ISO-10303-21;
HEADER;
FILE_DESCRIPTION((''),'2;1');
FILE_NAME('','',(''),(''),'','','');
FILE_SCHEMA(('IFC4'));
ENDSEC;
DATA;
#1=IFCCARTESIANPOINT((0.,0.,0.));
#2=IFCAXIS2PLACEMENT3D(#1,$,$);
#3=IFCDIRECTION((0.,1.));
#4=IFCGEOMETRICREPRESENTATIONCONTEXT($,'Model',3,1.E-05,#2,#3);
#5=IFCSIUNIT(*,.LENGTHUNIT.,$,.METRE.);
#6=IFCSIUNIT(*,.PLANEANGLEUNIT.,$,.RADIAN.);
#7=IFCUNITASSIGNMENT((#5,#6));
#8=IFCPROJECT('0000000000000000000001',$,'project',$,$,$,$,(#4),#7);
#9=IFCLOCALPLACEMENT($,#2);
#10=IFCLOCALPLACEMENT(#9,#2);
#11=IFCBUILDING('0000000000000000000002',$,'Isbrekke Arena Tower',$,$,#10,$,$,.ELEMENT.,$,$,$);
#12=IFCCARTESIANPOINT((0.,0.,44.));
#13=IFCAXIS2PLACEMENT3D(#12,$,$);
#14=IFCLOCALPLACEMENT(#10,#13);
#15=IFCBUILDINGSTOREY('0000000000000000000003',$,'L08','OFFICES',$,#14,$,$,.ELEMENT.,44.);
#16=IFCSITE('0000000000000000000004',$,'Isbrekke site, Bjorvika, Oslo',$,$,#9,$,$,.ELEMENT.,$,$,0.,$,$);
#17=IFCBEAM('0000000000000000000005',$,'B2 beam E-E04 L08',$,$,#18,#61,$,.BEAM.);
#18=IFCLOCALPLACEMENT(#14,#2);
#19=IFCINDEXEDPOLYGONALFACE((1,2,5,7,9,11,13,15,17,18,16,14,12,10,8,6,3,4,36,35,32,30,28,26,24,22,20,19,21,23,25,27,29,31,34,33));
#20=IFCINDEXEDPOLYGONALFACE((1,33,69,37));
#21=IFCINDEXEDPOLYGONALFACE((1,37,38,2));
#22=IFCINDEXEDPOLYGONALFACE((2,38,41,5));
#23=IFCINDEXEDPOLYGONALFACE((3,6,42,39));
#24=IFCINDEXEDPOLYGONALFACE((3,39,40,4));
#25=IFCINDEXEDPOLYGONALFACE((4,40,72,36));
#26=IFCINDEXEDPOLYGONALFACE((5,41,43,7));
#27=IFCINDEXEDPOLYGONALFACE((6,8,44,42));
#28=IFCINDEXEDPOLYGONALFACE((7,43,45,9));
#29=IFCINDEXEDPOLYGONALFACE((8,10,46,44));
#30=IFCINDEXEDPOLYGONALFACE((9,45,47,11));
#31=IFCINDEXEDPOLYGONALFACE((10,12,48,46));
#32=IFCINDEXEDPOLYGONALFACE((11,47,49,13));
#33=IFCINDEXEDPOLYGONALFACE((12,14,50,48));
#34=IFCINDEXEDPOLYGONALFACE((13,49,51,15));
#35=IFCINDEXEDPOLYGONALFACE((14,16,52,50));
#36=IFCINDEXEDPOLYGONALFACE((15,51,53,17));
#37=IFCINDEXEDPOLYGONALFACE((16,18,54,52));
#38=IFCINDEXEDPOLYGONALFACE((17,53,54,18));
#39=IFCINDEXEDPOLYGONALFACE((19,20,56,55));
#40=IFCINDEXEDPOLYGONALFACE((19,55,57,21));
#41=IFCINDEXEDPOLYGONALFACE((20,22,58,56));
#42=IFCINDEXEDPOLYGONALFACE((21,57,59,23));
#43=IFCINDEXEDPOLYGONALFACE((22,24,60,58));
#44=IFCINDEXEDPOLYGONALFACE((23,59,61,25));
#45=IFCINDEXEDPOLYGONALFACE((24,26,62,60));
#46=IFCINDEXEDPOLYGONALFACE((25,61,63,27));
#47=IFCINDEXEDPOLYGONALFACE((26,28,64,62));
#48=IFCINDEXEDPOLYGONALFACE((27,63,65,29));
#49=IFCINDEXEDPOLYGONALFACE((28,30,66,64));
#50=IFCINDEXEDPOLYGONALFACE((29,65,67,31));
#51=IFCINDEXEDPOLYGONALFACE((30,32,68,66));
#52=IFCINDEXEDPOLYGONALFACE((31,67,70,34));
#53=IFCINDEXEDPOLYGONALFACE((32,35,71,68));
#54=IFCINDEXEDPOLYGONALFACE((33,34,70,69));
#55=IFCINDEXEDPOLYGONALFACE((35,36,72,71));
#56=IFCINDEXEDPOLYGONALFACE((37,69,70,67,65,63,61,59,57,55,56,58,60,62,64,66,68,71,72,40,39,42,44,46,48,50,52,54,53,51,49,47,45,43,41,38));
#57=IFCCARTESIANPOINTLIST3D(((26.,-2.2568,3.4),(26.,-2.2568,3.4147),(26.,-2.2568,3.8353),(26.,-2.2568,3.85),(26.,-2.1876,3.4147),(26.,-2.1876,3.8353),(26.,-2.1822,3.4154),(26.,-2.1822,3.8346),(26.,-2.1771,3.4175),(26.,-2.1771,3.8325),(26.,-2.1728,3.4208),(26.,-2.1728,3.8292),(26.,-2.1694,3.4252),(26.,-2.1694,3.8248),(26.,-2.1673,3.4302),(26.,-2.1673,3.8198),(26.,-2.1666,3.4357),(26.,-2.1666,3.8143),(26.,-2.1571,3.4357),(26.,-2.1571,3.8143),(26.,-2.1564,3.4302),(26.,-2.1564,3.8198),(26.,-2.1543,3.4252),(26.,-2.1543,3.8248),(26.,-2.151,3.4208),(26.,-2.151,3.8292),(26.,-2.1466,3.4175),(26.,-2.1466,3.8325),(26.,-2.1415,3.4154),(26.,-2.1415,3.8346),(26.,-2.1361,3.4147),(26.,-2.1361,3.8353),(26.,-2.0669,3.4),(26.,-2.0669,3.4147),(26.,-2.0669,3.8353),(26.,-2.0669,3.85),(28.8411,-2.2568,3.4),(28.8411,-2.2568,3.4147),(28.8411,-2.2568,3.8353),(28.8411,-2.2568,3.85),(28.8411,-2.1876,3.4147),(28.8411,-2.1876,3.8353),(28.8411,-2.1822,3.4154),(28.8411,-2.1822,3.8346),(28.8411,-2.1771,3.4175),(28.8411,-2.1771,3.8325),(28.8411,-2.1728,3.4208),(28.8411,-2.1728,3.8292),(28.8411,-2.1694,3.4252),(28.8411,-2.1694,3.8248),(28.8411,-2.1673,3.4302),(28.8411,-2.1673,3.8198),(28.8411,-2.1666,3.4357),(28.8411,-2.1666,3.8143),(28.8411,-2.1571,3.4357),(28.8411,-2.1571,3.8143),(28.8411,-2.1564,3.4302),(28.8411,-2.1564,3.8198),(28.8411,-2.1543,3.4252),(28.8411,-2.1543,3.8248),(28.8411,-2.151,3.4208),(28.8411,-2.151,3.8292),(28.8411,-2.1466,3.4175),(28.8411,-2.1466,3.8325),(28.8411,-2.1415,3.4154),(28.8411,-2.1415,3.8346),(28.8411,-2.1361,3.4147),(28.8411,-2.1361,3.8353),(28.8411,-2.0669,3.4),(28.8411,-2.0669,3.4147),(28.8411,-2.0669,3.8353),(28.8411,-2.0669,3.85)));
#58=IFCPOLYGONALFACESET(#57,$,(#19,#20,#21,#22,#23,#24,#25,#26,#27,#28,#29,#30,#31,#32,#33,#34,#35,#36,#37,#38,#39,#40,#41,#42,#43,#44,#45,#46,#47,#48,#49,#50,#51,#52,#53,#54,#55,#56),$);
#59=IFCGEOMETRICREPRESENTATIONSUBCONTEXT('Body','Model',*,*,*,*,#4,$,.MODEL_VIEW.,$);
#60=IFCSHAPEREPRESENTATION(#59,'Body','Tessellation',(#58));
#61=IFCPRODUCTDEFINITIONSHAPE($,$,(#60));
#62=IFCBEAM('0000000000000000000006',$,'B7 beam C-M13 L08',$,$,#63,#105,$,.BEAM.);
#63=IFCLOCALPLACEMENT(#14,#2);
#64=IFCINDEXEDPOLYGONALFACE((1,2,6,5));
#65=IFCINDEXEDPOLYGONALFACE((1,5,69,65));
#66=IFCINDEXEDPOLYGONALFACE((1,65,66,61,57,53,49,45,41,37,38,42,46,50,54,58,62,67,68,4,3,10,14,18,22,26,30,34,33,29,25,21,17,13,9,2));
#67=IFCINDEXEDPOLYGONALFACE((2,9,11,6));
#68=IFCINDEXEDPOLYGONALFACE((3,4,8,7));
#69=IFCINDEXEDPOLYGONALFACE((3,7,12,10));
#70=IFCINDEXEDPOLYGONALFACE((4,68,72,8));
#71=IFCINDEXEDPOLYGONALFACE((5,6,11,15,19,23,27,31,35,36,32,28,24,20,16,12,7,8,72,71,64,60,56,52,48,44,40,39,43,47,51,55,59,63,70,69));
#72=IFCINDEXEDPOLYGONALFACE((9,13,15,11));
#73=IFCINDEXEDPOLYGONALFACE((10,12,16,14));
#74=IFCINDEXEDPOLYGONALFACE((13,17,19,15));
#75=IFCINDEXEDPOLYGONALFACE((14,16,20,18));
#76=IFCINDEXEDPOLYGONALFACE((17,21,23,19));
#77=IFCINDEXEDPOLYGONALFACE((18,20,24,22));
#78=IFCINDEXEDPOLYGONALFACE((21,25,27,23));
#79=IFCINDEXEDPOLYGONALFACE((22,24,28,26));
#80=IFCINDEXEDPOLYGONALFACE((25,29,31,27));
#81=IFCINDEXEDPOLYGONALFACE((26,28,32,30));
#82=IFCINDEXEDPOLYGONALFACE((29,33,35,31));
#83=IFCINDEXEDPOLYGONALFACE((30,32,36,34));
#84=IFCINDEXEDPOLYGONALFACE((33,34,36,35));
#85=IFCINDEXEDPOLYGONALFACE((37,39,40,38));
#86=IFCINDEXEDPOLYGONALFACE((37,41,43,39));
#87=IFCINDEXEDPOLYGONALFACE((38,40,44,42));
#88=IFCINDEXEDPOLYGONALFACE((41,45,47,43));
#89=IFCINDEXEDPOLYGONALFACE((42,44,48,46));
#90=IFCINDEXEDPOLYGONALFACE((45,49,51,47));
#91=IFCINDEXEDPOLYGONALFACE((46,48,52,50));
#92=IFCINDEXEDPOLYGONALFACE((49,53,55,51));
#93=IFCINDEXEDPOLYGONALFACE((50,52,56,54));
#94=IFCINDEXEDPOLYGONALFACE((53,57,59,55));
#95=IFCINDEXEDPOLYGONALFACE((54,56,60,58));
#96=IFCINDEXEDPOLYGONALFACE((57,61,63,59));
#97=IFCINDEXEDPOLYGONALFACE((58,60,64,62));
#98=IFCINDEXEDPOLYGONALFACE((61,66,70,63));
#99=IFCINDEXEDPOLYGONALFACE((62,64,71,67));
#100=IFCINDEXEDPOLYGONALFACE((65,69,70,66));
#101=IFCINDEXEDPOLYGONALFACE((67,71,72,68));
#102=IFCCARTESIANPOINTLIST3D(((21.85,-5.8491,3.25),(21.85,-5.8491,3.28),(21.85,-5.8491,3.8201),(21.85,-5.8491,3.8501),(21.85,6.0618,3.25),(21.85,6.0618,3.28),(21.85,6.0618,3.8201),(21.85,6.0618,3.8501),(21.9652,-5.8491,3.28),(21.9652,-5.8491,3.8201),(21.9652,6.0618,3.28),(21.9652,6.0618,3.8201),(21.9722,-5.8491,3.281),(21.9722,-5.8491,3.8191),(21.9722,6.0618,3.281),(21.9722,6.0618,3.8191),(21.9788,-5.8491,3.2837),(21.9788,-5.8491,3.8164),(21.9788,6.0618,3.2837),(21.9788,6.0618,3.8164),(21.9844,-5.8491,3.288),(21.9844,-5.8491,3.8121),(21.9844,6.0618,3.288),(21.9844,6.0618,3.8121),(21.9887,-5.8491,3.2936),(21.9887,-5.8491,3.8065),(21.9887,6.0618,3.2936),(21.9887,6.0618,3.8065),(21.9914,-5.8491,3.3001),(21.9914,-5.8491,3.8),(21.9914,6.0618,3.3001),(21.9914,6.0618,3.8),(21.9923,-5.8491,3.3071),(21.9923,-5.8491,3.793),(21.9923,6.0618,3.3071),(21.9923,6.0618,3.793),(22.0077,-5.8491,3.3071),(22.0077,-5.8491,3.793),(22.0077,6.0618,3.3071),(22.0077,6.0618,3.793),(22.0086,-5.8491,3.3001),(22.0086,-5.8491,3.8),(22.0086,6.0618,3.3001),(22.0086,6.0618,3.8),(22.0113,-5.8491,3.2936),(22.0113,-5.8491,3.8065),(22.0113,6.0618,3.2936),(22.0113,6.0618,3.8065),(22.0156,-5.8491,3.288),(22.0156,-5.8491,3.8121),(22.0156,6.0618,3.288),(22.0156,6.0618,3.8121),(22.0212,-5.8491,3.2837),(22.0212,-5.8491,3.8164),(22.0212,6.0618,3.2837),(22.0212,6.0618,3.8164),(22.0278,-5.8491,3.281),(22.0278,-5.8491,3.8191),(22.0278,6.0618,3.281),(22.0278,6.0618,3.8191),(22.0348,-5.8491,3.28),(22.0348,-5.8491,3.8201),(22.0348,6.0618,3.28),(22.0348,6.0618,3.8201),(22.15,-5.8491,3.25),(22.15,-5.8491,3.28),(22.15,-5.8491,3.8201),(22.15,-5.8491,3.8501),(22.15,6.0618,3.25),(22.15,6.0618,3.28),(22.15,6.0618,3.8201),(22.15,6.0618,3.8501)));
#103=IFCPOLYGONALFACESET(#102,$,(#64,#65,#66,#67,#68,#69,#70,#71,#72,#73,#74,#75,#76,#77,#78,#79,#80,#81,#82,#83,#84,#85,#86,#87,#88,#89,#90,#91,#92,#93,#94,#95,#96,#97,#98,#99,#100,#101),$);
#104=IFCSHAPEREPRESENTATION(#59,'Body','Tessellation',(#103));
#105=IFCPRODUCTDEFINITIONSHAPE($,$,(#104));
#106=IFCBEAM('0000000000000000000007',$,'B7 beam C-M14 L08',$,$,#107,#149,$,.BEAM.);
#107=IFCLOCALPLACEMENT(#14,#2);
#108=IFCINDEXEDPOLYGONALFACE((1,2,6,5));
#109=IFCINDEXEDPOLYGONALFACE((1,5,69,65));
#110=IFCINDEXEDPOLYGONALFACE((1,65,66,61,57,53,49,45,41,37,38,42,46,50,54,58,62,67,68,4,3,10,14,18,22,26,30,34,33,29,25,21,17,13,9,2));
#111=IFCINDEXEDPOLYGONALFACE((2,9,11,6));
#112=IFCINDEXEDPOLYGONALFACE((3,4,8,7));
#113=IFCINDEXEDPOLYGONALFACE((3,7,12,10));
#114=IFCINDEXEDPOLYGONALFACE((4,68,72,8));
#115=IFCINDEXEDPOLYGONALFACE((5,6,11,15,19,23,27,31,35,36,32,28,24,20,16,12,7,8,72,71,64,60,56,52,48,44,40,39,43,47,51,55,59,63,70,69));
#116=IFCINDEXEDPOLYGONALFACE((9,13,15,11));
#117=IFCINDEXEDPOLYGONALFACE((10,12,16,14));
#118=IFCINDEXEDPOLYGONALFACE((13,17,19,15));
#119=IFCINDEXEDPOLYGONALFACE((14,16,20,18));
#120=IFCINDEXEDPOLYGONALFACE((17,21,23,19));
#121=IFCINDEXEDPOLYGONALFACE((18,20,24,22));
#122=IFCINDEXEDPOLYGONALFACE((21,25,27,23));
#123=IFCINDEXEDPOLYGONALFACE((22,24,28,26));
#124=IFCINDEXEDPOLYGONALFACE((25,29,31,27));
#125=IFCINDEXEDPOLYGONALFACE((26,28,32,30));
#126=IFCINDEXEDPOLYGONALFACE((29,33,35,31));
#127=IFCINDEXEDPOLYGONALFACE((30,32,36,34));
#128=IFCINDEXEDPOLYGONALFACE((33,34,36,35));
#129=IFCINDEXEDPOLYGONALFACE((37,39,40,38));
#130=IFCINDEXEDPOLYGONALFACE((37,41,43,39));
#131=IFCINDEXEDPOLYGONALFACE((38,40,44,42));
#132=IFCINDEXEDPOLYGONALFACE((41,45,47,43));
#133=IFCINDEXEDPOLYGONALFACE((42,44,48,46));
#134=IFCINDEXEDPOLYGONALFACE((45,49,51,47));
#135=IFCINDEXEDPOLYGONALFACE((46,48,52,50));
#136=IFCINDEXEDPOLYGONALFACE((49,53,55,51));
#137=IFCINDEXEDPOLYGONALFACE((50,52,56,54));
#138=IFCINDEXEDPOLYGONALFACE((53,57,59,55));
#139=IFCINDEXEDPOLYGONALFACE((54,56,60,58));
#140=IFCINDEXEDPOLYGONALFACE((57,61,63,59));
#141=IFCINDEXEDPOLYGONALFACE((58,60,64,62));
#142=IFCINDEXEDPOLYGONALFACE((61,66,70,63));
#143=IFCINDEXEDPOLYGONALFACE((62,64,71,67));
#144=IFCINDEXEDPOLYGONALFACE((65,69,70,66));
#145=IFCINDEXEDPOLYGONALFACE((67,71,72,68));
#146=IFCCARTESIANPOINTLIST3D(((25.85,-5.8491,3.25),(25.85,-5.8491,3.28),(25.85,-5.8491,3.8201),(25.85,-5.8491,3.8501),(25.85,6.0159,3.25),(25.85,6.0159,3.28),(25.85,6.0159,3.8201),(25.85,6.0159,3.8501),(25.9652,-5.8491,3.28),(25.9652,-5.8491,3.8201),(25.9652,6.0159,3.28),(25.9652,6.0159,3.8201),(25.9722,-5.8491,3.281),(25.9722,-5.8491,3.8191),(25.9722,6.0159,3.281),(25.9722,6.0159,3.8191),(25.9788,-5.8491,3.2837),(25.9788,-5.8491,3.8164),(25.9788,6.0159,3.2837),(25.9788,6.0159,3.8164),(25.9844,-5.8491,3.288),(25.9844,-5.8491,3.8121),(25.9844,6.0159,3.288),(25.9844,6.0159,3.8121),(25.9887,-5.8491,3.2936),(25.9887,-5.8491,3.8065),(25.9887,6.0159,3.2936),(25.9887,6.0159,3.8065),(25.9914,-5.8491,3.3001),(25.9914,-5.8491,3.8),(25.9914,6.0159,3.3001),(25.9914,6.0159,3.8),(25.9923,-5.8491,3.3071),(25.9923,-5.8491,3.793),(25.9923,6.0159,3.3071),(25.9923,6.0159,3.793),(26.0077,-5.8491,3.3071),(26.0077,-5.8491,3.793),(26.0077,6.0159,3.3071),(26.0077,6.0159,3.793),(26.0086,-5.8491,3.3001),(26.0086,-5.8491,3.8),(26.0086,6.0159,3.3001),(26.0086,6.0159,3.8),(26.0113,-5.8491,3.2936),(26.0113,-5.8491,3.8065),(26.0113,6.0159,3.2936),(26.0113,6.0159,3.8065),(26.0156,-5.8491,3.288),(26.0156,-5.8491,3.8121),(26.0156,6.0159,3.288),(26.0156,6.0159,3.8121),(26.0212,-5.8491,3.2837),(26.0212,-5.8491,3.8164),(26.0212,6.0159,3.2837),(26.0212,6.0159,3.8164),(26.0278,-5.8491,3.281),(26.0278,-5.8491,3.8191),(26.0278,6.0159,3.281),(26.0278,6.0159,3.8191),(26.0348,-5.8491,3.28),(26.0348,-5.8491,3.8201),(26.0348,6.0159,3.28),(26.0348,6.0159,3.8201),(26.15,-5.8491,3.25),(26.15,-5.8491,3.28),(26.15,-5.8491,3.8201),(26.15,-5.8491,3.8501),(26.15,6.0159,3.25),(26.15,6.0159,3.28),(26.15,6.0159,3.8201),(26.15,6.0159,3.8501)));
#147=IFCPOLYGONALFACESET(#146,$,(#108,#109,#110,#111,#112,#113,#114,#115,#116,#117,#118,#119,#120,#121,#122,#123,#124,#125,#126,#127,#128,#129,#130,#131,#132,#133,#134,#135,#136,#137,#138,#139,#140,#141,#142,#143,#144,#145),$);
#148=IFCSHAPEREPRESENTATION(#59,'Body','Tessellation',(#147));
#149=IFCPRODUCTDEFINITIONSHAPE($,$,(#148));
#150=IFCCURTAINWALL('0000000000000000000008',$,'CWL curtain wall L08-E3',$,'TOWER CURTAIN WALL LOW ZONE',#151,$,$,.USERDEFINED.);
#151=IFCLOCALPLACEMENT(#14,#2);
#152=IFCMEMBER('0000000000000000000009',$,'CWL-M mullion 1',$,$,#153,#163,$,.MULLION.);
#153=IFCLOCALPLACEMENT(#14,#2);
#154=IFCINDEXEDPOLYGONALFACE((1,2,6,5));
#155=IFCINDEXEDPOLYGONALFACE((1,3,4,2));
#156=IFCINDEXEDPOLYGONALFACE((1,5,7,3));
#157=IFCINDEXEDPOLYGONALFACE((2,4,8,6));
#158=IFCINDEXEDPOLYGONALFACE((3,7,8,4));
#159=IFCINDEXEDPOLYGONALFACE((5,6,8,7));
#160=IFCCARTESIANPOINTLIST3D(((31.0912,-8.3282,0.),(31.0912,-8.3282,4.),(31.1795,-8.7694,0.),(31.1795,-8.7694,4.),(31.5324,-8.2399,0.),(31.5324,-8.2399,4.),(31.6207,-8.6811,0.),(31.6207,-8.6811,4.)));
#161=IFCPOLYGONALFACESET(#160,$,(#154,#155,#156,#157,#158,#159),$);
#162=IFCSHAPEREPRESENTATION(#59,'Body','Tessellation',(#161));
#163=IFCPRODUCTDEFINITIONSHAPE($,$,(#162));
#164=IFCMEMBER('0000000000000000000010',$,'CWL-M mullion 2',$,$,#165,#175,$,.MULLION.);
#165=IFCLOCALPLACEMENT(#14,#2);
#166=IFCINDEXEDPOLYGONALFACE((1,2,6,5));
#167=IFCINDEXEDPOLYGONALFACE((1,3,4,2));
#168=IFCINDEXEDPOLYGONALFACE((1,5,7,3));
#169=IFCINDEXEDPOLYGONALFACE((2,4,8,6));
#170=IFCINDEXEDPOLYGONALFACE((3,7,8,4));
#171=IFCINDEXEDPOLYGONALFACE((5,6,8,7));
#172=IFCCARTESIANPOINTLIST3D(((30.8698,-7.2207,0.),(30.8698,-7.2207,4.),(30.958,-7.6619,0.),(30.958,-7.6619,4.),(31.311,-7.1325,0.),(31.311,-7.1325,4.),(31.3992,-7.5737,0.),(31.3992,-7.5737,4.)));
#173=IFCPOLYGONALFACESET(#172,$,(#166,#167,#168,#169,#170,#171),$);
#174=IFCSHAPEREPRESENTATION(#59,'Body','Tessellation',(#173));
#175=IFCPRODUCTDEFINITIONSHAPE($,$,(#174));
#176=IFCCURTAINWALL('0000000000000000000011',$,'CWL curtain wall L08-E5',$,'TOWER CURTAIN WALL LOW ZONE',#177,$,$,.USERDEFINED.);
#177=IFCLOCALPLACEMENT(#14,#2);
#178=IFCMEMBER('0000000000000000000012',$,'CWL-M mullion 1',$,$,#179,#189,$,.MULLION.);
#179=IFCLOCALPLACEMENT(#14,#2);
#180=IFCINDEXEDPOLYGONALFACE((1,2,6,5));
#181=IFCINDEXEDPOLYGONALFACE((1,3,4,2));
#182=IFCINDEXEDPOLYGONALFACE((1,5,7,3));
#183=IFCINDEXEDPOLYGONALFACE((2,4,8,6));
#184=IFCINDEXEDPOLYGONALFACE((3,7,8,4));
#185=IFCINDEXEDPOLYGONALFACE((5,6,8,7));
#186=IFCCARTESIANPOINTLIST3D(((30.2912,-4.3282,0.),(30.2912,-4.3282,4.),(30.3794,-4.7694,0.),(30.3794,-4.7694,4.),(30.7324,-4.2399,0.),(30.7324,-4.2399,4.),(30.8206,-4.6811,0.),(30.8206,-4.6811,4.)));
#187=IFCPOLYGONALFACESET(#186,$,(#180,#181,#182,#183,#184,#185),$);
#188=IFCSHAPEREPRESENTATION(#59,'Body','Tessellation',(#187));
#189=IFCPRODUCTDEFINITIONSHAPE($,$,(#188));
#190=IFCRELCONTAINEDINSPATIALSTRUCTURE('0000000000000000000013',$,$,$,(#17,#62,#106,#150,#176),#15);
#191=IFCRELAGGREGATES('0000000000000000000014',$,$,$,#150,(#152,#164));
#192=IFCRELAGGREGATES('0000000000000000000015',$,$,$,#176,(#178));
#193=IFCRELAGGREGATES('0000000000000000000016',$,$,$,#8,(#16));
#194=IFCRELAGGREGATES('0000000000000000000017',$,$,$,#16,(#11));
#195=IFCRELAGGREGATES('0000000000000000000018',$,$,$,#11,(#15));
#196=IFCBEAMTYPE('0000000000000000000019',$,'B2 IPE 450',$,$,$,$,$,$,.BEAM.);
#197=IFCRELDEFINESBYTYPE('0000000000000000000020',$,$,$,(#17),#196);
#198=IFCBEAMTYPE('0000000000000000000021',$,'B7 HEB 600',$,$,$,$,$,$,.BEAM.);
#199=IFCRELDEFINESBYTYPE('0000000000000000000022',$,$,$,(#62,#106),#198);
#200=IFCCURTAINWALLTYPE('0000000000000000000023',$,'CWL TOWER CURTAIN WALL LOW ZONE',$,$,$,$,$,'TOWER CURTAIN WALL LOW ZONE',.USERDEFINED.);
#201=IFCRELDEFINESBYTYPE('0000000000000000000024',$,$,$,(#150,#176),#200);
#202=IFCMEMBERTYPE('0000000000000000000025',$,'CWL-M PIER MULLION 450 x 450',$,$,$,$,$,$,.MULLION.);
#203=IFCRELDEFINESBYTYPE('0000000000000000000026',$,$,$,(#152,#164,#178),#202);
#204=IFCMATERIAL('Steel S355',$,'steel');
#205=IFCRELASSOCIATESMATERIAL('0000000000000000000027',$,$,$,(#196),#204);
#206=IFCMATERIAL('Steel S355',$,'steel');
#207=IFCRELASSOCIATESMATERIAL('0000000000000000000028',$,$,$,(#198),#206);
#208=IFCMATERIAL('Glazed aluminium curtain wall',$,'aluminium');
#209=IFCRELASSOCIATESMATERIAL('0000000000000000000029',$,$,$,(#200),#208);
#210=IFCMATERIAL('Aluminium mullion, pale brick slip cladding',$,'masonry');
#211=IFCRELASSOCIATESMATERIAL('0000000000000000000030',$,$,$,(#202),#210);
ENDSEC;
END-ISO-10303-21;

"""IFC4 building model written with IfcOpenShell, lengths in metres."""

from ifc_helpers import new_model, si_unit, direction, frame, origin, origin_2d, place, context, subcontext, project, spatial, rectangle, i_section, extrude, material, material_profile, profile_set, type_object, element, aggregate, save


model = new_model("IFC4")

# Units and contexts
model_context = context("Model", 3, precision=1e-05, world=origin(), true_north=direction((0.0, 1.0)))
body_context = subcontext(model_context, "Body", "Model", "MODEL_VIEW")
ifc_project = project(units=[si_unit("LENGTHUNIT", "METRE"), si_unit("PLANEANGLEUNIT", "RADIAN")], contexts=[model_context])

# Site, building, storey
site_placement = place(None, origin())
site = spatial("IfcSite", under=ifc_project, at=site_placement, Name="Isbrekke site, Bjorvika, Oslo", CompositionType="ELEMENT", RefElevation=0.0)
building_placement = place(site_placement, origin())
building = spatial("IfcBuilding", under=site, at=building_placement, Name="Isbrekke Arena Tower", CompositionType="ELEMENT")
storey_placement = place(building_placement, frame((0.0, 0.0, 44.0)))
storey = spatial("IfcBuildingStorey", under=building, at=storey_placement, Name="L08", Description="OFFICES", CompositionType="ELEMENT", Elevation=44.0)

# Beams
ifc_material_1 = material(Name="Steel S355", Category="steel")
ifc_material_profile_1 = material_profile(ifc_material_1, i_section(OverallWidth=0.1899, OverallDepth=0.45, WebThickness=0.0095, FlangeThickness=0.0146, FilletRadius=0.021, at=origin_2d()), Name="IPE 450")
ifc_profile_set_1 = profile_set([ifc_material_profile_1], Name="Steel S355")
beam_type_1 = type_object("IfcBeamType", Name="B2 IPE 450", PredefinedType="BEAM", material=ifc_profile_set_1)
beam_1_placement = place(storey_placement, frame((28.8411, -2.1619, 3.625), z_axis=(-1.0, 0.0, 0.0), x_axis=(0.0, -1.0, 0.0)))
element("IfcBeam", 1, at=beam_1_placement, inside=storey, type_object=beam_type_1, Name="B2 beam E-E04 L08", PredefinedType="BEAM", context=body_context, shape_type="SweptSolid", body=[
    extrude(i_section(OverallWidth=0.1899, OverallDepth=0.45, WebThickness=0.0095, FlangeThickness=0.0146, FilletRadius=0.021, at=origin_2d()), origin(), (0.0, 0.0, 1.0), 2.8411),
])
ifc_material_2 = material(Name="Steel S355", Category="steel")
ifc_material_profile_2 = material_profile(ifc_material_2, i_section(OverallWidth=0.3, OverallDepth=0.6001, WebThickness=0.0154, FlangeThickness=0.03, FilletRadius=0.0271, at=origin_2d()), Name="HEB 600")
ifc_profile_set_2 = profile_set([ifc_material_profile_2], Name="Steel S355")
beam_type_2 = type_object("IfcBeamType", Name="B7 HEB 600", PredefinedType="BEAM", material=ifc_profile_set_2)
beam_2_placement = place(storey_placement, frame((22.0, -5.8491, 3.55), z_axis=(0.0, 1.0, 0.0), x_axis=(-1.0, 0.0, 0.0)))
element("IfcBeam", 2, at=beam_2_placement, inside=storey, type_object=beam_type_2, Name="B7 beam C-M13 L08", PredefinedType="BEAM", context=body_context, shape_type="SweptSolid", body=[
    extrude(i_section(OverallWidth=0.3, OverallDepth=0.6001, WebThickness=0.0154, FlangeThickness=0.03, FilletRadius=0.0271, at=origin_2d()), origin(), (0.0, 0.0, 1.0), 11.9109),
])
beam_3_placement = place(storey_placement, frame((26.0, -5.8491, 3.55), z_axis=(0.0, 1.0, 0.0), x_axis=(-1.0, 0.0, 0.0)))
element("IfcBeam", 3, at=beam_3_placement, inside=storey, type_object=beam_type_2, Name="B7 beam C-M14 L08", PredefinedType="BEAM", context=body_context, shape_type="SweptSolid", body=[
    extrude(i_section(OverallWidth=0.3, OverallDepth=0.6001, WebThickness=0.0154, FlangeThickness=0.03, FilletRadius=0.0271, at=origin_2d()), origin(), (0.0, 0.0, 1.0), 11.865),
])

# Curtain walls, members
ifc_material_3 = material(Name="Glazed aluminium curtain wall", Category="aluminium")
curtain_wall_type = type_object("IfcCurtainWallType", Name="CWL TOWER CURTAIN WALL LOW ZONE", ElementType="TOWER CURTAIN WALL LOW ZONE", PredefinedType="USERDEFINED", material=ifc_material_3)
curtain_wall_1_placement = place(storey_placement, origin())
curtain_wall_1 = element("IfcCurtainWall", 4, at=curtain_wall_1_placement, inside=storey, type_object=curtain_wall_type, Name="CWL curtain wall L08-E3", ObjectType="TOWER CURTAIN WALL LOW ZONE", PredefinedType="USERDEFINED")
ifc_material_4 = material(Name="Aluminium mullion, pale brick slip cladding", Category="masonry")
ifc_material_profile_3 = material_profile(ifc_material_4, rectangle(XDim=0.45, YDim=0.45, at=origin_2d()), Name="PIER 450X450")
ifc_profile_set_3 = profile_set([ifc_material_profile_3], Name="Aluminium mullion, pale brick slip cladding")
member_type_1 = type_object("IfcMemberType", Name="CWL-M PIER MULLION 450 x 450", PredefinedType="MULLION", material=ifc_profile_set_3)
member_1_placement = place(storey_placement, frame((31.356, -8.5046, 0.0), z_axis=(0.0, 0.0, 1.0), x_axis=(-0.196116, 0.980581, 0.0)))
member_1 = element("IfcMember", 5, at=member_1_placement, type_object=member_type_1, Name="CWL-M mullion 1", PredefinedType="MULLION", context=body_context, shape_type="SweptSolid", body=[
    extrude(rectangle(XDim=0.45, YDim=0.45, at=origin_2d()), origin(), (0.0, 0.0, 1.0), 4.0),
])
member_2_placement = place(storey_placement, frame((31.1345, -7.3972, 0.0), z_axis=(0.0, 0.0, 1.0), x_axis=(-0.196116, 0.980581, 0.0)))
member_2 = element("IfcMember", 6, at=member_2_placement, type_object=member_type_1, Name="CWL-M mullion 2", PredefinedType="MULLION", context=body_context, shape_type="SweptSolid", body=[
    extrude(rectangle(XDim=0.45, YDim=0.45, at=origin_2d()), origin(), (0.0, 0.0, 1.0), 4.0),
])
curtain_wall_2_placement = place(storey_placement, origin())
curtain_wall_2 = element("IfcCurtainWall", 7, at=curtain_wall_2_placement, inside=storey, type_object=curtain_wall_type, Name="CWL curtain wall L08-E5", ObjectType="TOWER CURTAIN WALL LOW ZONE", PredefinedType="USERDEFINED")
member_3_placement = place(storey_placement, frame((30.5559, -4.5046, 0.0), z_axis=(0.0, 0.0, 1.0), x_axis=(-0.196116, 0.980581, 0.0)))
member_3 = element("IfcMember", 8, at=member_3_placement, type_object=member_type_1, Name="CWL-M mullion 1", PredefinedType="MULLION", context=body_context, shape_type="SweptSolid", body=[
    extrude(rectangle(XDim=0.45, YDim=0.45, at=origin_2d()), origin(), (0.0, 0.0, 1.0), 4.0),
])

aggregate(curtain_wall_1, [member_1, member_2])
aggregate(curtain_wall_2, [member_3])

save(model, "model.ifc")
